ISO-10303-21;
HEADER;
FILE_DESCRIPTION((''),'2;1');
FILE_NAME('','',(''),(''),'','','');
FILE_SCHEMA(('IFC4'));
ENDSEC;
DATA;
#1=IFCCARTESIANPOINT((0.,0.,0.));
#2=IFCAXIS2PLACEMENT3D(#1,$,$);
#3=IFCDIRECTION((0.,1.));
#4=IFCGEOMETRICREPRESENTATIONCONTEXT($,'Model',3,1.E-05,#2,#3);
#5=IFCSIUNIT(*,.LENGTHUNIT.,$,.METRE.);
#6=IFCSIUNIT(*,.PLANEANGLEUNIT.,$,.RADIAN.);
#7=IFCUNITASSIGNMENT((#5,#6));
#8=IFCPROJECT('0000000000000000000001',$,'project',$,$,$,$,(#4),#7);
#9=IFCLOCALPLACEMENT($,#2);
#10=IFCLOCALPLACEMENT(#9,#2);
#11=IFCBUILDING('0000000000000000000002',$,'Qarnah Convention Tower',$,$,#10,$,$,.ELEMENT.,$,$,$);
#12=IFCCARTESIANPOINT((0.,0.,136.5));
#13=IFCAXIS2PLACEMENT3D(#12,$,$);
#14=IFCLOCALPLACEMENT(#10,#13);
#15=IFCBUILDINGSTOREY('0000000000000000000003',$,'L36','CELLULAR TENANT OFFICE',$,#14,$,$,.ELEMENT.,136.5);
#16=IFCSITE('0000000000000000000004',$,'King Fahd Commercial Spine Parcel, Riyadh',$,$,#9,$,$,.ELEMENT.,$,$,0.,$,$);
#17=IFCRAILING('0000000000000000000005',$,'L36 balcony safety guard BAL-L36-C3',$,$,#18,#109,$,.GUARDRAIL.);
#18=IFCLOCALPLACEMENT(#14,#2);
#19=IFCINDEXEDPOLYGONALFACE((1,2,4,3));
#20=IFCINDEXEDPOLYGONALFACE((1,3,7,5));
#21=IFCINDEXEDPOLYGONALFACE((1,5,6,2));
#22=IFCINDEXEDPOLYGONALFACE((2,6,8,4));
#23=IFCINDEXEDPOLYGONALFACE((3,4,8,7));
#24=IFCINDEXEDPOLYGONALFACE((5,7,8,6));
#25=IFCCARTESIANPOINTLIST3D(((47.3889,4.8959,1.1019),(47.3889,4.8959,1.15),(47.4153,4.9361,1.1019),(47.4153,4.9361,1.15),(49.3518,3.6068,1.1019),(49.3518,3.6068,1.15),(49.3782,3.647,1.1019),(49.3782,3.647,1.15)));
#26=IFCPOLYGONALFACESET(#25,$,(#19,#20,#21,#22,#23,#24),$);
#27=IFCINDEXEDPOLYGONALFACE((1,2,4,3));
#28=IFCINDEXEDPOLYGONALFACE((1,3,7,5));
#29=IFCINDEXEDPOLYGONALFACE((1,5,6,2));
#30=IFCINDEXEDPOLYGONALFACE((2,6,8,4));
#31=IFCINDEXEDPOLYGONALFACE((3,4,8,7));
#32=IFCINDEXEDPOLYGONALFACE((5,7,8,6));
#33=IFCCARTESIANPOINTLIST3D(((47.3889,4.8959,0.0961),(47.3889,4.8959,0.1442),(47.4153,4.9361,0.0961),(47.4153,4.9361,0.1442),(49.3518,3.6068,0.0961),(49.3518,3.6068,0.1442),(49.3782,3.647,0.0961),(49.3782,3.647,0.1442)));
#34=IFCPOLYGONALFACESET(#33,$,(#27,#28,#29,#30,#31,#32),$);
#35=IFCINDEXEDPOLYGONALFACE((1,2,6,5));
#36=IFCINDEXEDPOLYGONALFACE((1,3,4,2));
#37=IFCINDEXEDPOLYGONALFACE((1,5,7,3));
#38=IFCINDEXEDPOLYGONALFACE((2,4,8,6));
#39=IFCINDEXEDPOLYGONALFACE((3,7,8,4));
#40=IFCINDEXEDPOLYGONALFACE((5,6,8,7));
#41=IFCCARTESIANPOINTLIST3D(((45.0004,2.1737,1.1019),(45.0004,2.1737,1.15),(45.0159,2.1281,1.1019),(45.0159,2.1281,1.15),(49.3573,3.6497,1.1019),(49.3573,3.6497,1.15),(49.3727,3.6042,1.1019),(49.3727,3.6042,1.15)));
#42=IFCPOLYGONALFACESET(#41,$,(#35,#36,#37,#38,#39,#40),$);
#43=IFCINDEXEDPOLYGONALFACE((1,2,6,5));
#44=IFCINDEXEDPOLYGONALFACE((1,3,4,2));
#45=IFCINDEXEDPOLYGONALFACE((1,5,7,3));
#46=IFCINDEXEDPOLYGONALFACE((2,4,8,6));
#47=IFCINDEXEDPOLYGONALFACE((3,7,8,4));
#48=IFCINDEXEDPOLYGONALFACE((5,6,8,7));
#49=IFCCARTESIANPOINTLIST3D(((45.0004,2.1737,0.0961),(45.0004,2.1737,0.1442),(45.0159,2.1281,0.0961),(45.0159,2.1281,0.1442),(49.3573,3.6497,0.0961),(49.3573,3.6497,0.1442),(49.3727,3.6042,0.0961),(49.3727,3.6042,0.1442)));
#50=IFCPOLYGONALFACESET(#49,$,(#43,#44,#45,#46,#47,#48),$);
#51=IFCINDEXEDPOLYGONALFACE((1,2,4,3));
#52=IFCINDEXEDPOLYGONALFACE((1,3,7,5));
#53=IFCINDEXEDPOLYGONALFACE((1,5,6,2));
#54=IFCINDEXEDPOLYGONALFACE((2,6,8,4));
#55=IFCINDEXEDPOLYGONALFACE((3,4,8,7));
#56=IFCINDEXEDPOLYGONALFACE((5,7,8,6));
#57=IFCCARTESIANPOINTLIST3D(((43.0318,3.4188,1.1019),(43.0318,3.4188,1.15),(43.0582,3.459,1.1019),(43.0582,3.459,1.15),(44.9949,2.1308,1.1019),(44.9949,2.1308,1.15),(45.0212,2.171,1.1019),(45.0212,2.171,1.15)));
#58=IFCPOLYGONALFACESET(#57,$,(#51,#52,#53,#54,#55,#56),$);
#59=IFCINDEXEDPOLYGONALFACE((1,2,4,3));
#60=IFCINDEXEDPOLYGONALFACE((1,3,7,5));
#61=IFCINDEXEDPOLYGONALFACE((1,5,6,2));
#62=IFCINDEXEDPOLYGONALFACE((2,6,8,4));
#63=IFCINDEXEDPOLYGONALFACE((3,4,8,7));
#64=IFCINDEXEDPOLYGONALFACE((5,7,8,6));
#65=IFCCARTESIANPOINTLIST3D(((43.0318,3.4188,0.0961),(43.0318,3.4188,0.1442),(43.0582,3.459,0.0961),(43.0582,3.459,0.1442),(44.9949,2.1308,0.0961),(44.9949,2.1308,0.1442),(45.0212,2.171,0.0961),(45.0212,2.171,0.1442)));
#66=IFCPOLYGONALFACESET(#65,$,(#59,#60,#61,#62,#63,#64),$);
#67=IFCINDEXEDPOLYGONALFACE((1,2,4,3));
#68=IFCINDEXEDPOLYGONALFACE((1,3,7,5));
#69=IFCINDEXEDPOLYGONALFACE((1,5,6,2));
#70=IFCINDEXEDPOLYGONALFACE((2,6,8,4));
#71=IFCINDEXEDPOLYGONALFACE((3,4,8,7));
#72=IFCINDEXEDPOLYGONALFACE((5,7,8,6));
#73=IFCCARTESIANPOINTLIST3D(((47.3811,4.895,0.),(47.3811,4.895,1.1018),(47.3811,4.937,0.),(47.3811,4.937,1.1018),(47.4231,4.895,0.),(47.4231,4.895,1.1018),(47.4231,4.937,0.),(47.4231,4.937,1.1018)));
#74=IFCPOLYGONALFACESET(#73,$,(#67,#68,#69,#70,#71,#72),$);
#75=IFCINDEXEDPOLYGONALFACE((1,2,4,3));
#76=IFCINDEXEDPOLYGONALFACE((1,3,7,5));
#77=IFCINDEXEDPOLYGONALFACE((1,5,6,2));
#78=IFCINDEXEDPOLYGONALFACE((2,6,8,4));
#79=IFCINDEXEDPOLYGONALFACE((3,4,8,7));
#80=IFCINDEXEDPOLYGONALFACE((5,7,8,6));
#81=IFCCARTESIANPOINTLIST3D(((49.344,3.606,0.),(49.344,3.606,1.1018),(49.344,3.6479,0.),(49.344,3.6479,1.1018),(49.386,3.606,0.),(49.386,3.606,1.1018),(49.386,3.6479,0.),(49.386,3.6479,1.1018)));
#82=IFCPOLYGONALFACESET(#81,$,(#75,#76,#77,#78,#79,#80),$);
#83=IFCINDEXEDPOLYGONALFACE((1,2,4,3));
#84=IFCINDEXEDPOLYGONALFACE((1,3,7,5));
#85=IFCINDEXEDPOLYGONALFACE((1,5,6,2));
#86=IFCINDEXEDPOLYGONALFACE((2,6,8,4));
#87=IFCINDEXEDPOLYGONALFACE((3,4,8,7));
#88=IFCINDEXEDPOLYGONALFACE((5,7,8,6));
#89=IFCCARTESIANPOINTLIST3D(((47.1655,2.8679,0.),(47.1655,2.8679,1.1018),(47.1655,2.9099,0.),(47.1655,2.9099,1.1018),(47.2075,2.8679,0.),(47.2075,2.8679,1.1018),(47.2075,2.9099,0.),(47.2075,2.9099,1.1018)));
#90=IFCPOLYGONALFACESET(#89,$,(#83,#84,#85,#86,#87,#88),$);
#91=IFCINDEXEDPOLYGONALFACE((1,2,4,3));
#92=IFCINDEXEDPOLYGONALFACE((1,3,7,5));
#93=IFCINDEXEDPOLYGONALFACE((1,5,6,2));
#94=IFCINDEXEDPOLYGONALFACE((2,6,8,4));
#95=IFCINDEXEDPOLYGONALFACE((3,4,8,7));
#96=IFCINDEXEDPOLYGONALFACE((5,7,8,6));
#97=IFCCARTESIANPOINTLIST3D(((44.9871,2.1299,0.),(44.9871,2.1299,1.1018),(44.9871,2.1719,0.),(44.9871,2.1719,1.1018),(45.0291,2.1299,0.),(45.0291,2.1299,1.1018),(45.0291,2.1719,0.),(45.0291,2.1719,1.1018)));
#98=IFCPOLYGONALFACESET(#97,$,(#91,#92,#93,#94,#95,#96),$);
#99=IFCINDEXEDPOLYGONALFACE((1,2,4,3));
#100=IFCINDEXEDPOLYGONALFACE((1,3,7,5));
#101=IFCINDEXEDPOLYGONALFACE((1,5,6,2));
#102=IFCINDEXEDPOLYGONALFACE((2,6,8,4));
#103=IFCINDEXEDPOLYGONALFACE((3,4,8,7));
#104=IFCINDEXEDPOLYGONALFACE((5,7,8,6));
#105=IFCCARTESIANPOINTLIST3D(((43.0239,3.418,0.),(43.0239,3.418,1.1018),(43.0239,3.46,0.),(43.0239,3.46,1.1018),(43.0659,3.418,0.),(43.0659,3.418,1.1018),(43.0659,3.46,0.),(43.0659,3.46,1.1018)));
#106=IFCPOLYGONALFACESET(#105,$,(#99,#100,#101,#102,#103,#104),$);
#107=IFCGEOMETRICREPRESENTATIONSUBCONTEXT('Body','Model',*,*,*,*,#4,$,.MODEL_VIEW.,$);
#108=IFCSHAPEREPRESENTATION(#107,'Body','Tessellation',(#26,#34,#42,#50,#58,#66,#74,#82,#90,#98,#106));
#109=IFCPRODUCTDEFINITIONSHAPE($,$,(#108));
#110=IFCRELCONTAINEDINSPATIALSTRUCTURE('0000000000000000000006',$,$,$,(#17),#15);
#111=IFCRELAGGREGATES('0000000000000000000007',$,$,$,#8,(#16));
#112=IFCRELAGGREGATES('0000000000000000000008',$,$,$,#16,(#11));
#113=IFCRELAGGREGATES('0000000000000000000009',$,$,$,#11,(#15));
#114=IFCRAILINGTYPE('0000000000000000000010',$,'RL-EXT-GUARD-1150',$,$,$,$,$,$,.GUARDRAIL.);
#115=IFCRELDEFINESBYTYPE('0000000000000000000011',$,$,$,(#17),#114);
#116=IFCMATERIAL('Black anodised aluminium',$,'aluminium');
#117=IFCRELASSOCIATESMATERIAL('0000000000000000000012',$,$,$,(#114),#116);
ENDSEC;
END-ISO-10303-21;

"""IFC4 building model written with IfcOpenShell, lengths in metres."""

from ifc_helpers import new_model, si_unit, direction, frame, origin, origin_2d, place, context, subcontext, project, spatial, rectangle, extrude, material, type_object, element, save


model = new_model("IFC4")

# Units and contexts
model_context = context("Model", 3, precision=1e-05, world=origin(), true_north=direction((0.0, 1.0)))
body_context = subcontext(model_context, "Body", "Model", "MODEL_VIEW")
ifc_project = project(units=[si_unit("LENGTHUNIT", "METRE"), si_unit("PLANEANGLEUNIT", "RADIAN")], contexts=[model_context])

# Site, building, storey
site_placement = place(None, origin())
site = spatial("IfcSite", under=ifc_project, at=site_placement, Name="King Fahd Commercial Spine Parcel, Riyadh", CompositionType="ELEMENT", RefElevation=0.0)
building_placement = place(site_placement, origin())
building = spatial("IfcBuilding", under=site, at=building_placement, Name="Qarnah Convention Tower", CompositionType="ELEMENT")
storey_placement = place(building_placement, frame((0.0, 0.0, 136.5)))
storey = spatial("IfcBuildingStorey", under=building, at=storey_placement, Name="L36", Description="CELLULAR TENANT OFFICE", CompositionType="ELEMENT", Elevation=136.5)

# Shared definitions
ifc_material_1 = material(Name="Black anodised aluminium", Category="aluminium")

# Railing
railing_type = type_object("IfcRailingType", Name="RL-EXT-GUARD-1150", PredefinedType="GUARDRAIL", material=ifc_material_1)
railing_1_placement = place(storey_placement, frame((47.4021, 4.916, 0.0)))
element("IfcRailing", 1, at=railing_1_placement, inside=storey, type_object=railing_type, Name="L36 balcony safety guard BAL-L36-C3", PredefinedType="GUARDRAIL", context=body_context, shape_type="SweptSolid", body=[
    extrude(rectangle(XDim=0.0481, YDim=0.0481, at=origin_2d()), frame((0.0, 0.0, 1.126), z_axis=(0.835869, -0.548929, 0.0), x_axis=(0.548929, 0.835869, 0.0)), (0.0, 0.0, 1.0), 2.3484),
    extrude(rectangle(XDim=0.0481, YDim=0.0481, at=origin_2d()), frame((0.0, 0.0, 0.1201), z_axis=(0.835869, -0.548929, 0.0), x_axis=(0.548929, 0.835869, 0.0)), (0.0, 0.0, 1.0), 2.3484),
    extrude(rectangle(XDim=0.0481, YDim=0.0481, at=origin_2d()), frame((1.9629, -1.2891, 1.126), z_axis=(-0.947122, -0.320873, 0.0), x_axis=(0.320873, -0.947122, 0.0)), (0.0, 0.0, 1.0), 4.6001),
    extrude(rectangle(XDim=0.0481, YDim=0.0481, at=origin_2d()), frame((1.9629, -1.2891, 0.1201), z_axis=(-0.947122, -0.320873, 0.0), x_axis=(0.320873, -0.947122, 0.0)), (0.0, 0.0, 1.0), 4.6001),
    extrude(rectangle(XDim=0.0481, YDim=0.0481, at=origin_2d()), frame((-2.394, -2.7651, 1.126), z_axis=(-0.836091, 0.548591, 0.0), x_axis=(-0.548591, -0.836091, 0.0)), (0.0, 0.0, 1.0), 2.3479),
    extrude(rectangle(XDim=0.0481, YDim=0.0481, at=origin_2d()), frame((-2.394, -2.7651, 0.1201), z_axis=(-0.836091, 0.548591, 0.0), x_axis=(-0.548591, -0.836091, 0.0)), (0.0, 0.0, 1.0), 2.3479),
    extrude(rectangle(XDim=0.042, YDim=0.042, at=origin_2d()), origin(), (0.0, 0.0, 1.0), 1.1018),
    extrude(rectangle(XDim=0.042, YDim=0.042, at=origin_2d()), frame((1.9629, -1.2891, 0.0)), (0.0, 0.0, 1.0), 1.1018),
    extrude(rectangle(XDim=0.042, YDim=0.042, at=origin_2d()), frame((-0.2156, -2.0271, 0.0)), (0.0, 0.0, 1.0), 1.1018),
    extrude(rectangle(XDim=0.042, YDim=0.042, at=origin_2d()), frame((-2.394, -2.7651, 0.0)), (0.0, 0.0, 1.0), 1.1018),
    extrude(rectangle(XDim=0.042, YDim=0.042, at=origin_2d()), frame((-4.3572, -1.4771, 0.0)), (0.0, 0.0, 1.0), 1.1018),
])

save(model, "model.ifc")
